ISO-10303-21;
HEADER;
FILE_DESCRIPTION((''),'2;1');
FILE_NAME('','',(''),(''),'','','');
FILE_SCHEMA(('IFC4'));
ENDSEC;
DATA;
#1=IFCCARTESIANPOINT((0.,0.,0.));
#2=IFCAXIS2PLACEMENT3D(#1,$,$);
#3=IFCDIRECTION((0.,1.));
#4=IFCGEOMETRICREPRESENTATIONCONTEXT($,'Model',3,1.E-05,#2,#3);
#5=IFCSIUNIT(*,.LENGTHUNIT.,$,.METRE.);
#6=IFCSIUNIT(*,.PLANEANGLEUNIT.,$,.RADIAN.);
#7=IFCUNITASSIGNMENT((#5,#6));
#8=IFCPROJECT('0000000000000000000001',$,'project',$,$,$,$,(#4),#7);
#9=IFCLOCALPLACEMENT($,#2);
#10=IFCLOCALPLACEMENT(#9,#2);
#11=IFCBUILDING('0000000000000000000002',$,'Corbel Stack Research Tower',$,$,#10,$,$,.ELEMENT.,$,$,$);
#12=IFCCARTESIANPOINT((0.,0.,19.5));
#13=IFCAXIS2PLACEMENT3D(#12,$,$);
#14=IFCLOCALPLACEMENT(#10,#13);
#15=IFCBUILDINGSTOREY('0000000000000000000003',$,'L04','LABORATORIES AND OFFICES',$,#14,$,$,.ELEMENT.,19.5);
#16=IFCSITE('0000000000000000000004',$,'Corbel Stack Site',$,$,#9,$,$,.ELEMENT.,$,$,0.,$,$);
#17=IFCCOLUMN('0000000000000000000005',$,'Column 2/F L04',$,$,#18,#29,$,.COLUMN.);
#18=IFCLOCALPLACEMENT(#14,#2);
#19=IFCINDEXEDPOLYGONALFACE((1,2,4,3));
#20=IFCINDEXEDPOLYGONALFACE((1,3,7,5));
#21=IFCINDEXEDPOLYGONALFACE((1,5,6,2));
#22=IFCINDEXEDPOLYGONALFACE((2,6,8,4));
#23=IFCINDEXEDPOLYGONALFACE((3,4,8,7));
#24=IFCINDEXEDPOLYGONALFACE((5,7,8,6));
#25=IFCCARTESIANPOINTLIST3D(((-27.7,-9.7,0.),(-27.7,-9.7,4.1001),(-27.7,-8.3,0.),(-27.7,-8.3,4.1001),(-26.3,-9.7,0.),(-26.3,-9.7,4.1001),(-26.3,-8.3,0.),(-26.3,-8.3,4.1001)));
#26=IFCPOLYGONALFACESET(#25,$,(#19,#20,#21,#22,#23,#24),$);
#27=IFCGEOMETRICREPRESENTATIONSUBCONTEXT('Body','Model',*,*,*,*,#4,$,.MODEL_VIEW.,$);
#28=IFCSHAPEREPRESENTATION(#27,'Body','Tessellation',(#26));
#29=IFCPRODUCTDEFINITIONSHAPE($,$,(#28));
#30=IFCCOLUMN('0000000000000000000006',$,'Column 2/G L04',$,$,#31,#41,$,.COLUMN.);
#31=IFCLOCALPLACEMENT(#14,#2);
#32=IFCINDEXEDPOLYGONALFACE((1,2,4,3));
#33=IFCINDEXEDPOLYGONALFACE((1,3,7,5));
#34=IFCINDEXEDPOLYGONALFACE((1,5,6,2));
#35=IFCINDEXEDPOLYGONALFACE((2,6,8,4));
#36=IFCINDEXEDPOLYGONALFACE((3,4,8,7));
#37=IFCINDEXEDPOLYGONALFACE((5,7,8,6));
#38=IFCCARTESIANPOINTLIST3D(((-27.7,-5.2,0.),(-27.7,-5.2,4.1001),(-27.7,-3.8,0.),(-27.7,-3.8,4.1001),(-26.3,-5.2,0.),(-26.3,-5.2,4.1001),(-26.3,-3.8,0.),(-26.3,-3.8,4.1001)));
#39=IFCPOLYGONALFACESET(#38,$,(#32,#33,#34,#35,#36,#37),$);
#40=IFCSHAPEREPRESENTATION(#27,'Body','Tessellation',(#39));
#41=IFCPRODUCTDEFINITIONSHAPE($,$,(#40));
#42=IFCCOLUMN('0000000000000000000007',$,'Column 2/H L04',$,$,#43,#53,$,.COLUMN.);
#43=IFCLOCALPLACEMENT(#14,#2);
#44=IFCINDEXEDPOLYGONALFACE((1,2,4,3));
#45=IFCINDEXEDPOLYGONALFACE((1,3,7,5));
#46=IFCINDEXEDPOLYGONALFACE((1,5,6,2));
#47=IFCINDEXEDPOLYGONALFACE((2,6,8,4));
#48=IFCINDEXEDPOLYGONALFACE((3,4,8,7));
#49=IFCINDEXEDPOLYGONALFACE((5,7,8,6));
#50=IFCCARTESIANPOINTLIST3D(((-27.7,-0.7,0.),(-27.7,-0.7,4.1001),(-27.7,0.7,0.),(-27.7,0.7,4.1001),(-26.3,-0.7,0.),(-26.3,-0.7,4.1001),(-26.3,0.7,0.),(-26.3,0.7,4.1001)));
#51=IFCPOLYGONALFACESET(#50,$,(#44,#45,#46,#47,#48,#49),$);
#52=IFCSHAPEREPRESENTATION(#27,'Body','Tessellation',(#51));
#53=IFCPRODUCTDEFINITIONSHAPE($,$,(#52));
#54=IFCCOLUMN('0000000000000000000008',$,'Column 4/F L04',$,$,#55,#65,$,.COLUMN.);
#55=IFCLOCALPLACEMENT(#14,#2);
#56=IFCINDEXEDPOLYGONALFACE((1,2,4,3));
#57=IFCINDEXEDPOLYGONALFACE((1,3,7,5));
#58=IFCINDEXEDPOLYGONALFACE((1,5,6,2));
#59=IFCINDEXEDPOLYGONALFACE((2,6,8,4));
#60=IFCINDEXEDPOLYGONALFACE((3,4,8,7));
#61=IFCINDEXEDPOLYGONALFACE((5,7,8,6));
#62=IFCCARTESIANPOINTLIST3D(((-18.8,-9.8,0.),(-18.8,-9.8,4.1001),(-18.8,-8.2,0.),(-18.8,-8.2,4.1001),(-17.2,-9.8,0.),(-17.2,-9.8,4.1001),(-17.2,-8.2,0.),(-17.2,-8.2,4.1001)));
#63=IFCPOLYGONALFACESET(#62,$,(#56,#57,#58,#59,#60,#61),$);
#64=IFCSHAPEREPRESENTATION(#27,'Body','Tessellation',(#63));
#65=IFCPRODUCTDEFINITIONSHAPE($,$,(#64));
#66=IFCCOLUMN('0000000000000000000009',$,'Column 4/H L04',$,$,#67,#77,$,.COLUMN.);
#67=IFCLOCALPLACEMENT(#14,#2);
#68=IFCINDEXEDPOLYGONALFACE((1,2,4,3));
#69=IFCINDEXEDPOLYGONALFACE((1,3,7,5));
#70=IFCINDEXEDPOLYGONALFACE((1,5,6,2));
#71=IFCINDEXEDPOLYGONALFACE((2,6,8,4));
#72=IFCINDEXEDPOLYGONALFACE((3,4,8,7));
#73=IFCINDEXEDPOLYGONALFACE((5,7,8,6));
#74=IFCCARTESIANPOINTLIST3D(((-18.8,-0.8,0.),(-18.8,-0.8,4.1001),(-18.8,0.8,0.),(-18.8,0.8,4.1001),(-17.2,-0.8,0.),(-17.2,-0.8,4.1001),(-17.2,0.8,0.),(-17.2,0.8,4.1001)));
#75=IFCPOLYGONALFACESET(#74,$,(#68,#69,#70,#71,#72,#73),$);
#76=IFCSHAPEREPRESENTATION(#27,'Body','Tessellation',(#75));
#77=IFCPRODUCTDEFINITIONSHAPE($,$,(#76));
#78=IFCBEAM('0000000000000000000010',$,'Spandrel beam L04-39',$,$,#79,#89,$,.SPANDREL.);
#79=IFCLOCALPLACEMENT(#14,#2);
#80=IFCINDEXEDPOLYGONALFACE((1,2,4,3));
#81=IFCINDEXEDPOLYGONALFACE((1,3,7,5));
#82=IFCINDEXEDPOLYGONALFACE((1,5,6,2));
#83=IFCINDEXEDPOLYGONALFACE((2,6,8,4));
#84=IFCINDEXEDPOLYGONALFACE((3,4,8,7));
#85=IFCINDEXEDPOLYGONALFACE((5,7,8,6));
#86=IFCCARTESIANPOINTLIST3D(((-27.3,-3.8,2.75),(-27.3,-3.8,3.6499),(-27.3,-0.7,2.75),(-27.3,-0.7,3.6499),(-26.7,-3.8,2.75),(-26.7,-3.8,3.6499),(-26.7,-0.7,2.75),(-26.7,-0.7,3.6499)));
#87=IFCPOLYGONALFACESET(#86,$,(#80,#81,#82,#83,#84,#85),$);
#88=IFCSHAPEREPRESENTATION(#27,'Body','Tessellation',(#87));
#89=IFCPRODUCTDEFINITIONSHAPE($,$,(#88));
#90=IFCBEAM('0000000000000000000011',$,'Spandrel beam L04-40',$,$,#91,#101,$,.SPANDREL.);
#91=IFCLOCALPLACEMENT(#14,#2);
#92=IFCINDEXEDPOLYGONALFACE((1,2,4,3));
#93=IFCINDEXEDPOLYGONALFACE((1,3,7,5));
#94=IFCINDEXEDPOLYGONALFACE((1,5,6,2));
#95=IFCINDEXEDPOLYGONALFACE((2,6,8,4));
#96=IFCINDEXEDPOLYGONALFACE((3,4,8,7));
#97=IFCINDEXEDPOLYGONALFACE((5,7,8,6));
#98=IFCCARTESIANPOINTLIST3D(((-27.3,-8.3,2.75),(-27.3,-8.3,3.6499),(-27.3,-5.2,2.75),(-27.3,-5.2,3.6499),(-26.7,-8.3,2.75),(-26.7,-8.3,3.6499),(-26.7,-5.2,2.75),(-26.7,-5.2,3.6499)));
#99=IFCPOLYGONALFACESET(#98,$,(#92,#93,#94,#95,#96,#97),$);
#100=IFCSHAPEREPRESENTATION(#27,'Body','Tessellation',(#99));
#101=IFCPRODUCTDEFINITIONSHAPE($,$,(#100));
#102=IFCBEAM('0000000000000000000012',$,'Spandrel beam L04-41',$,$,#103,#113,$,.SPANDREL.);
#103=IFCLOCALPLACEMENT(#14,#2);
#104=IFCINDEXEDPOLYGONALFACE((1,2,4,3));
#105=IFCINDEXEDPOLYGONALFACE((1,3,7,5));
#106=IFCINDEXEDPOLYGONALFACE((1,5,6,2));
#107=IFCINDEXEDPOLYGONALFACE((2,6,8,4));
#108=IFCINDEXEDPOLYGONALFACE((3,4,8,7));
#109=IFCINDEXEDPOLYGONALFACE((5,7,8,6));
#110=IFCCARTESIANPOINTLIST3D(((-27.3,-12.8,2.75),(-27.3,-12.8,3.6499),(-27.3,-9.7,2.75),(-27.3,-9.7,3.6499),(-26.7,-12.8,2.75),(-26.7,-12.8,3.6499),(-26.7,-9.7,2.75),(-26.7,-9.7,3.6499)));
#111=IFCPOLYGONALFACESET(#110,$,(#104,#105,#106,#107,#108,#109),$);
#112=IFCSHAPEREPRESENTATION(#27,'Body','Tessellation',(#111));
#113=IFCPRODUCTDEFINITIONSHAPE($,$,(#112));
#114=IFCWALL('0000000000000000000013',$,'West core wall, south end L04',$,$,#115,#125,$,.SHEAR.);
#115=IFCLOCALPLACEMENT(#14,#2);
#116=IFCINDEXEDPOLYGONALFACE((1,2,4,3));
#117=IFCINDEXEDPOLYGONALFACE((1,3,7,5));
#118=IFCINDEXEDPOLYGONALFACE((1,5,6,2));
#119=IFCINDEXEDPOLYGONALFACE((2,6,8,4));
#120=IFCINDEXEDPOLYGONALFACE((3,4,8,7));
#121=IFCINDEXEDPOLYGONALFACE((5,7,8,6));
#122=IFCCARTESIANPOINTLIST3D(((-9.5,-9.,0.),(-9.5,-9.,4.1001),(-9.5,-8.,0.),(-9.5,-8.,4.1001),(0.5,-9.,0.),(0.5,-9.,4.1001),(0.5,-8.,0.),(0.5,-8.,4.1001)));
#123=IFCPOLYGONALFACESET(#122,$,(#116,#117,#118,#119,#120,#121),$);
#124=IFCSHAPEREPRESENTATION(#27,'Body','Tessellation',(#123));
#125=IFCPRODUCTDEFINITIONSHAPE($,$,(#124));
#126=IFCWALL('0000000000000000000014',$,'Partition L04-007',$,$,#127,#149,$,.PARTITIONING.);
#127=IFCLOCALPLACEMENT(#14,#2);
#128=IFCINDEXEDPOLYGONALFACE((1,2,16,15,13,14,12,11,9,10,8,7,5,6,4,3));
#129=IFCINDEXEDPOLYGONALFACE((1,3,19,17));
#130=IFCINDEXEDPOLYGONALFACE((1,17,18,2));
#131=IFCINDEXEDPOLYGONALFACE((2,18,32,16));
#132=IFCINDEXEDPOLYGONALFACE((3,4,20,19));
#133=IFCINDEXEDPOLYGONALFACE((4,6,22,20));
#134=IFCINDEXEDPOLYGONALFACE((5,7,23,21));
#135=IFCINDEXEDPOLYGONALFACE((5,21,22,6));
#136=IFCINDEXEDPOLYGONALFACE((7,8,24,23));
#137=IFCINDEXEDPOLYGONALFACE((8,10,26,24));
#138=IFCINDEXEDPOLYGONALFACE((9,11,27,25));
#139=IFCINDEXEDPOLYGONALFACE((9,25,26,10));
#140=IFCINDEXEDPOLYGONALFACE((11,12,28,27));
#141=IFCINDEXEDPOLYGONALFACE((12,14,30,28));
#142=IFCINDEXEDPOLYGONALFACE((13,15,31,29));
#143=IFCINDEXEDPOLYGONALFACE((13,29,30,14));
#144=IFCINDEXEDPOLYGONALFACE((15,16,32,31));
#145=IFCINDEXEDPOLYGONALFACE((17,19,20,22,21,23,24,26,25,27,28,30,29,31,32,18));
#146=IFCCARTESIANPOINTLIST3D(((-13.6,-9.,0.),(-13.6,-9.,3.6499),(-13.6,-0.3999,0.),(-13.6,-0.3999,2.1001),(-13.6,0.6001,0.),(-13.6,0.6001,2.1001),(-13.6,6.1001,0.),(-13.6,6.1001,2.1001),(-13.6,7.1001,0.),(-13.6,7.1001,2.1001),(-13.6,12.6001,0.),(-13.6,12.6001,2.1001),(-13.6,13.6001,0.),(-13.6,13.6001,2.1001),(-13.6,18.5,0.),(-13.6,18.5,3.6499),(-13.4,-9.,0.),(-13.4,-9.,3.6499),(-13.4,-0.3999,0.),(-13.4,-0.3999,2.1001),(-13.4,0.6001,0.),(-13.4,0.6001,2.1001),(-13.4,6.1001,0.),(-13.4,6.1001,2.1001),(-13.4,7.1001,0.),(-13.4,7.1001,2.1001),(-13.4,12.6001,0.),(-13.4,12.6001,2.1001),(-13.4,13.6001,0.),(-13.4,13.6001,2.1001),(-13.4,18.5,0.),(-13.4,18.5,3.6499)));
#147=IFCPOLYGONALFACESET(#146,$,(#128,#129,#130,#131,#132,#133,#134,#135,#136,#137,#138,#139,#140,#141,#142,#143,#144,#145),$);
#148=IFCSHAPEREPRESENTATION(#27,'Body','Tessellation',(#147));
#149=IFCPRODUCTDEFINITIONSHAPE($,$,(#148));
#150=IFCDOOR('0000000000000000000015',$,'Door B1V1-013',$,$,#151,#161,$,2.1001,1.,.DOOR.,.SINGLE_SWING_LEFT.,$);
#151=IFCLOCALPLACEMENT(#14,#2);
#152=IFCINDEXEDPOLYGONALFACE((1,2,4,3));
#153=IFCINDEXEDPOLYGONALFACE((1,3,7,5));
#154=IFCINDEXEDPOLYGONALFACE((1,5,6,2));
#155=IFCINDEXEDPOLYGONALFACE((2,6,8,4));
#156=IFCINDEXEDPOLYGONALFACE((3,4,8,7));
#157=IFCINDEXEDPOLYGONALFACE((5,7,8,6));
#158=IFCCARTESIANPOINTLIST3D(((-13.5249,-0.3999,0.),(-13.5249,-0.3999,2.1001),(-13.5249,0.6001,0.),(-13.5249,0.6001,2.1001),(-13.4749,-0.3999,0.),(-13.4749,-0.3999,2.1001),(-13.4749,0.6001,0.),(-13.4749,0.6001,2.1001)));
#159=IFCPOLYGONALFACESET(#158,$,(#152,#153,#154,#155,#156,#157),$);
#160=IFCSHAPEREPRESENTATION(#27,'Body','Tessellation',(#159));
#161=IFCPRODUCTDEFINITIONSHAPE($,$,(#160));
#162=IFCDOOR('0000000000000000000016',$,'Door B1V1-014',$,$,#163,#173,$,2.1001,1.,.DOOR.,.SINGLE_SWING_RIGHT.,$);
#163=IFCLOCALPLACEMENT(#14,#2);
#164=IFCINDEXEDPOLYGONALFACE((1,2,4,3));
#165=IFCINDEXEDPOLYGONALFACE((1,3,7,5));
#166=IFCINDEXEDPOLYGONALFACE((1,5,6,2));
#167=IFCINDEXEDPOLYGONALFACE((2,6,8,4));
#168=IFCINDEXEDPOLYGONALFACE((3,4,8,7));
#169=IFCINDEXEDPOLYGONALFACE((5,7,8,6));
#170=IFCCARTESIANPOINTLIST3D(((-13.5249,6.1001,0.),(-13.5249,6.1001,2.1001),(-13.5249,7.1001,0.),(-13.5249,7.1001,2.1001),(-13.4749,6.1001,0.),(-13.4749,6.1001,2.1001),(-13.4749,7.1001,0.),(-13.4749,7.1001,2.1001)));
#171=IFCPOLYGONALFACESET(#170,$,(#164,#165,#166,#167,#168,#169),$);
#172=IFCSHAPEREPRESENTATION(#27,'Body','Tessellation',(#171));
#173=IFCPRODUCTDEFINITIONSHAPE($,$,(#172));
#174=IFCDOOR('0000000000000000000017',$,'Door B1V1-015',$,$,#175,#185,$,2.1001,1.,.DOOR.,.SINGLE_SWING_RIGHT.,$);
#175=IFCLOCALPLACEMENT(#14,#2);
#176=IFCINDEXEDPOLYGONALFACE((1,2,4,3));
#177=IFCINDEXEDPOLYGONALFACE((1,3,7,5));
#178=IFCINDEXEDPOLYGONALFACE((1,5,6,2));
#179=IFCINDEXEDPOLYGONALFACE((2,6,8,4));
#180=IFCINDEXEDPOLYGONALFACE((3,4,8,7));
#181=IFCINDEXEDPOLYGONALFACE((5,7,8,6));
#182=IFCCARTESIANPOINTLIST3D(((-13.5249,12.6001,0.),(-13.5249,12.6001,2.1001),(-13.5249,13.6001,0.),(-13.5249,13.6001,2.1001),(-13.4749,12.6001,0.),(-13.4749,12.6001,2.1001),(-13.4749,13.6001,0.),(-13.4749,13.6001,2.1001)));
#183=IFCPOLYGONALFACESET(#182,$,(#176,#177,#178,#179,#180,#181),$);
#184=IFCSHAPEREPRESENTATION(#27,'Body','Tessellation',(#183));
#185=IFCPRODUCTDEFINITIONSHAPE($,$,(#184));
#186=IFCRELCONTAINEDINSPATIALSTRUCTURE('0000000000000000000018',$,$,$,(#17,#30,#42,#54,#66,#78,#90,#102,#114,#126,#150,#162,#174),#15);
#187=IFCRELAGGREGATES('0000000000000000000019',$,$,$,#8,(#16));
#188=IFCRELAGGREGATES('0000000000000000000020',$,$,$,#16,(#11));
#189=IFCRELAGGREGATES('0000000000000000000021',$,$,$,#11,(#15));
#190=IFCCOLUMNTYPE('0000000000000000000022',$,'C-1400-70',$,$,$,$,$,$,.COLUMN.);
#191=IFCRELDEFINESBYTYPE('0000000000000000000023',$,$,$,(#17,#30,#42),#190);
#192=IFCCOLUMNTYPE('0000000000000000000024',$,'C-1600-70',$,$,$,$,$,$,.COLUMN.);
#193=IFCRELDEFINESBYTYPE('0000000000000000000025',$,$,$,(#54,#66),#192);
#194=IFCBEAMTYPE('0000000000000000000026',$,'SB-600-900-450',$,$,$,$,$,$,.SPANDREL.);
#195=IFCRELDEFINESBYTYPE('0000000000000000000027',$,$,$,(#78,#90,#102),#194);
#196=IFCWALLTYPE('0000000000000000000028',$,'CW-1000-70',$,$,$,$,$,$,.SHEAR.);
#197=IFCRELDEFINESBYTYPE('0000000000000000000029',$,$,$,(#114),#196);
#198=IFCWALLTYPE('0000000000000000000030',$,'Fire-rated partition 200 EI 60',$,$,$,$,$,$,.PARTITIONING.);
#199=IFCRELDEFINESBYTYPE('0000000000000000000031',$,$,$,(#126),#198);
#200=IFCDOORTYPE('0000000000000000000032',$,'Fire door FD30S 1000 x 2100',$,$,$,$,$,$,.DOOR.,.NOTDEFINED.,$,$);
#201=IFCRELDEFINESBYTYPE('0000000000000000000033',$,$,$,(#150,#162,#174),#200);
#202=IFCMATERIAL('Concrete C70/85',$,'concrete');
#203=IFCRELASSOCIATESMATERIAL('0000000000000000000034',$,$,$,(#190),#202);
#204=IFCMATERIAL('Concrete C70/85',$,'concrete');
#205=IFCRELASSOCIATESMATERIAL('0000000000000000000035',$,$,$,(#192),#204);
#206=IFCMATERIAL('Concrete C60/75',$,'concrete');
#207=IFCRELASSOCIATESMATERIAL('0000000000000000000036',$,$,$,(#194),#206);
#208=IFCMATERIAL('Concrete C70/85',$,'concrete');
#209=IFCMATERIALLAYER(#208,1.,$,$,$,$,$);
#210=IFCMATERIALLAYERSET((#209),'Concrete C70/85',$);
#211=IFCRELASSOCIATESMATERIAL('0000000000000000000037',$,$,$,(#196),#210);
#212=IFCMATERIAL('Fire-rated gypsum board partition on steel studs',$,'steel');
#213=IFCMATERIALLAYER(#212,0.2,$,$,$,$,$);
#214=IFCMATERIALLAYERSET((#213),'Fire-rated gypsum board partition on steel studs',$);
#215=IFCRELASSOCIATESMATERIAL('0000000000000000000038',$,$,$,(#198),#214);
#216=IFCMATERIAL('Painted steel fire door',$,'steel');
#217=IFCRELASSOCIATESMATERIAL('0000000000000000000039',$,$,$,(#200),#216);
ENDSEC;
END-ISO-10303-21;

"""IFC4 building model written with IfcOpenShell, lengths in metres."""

from ifc_helpers import new_model, si_unit, direction, frame, frame_2d, origin, origin_2d, place, context, subcontext, project, spatial, rectangle, extrude, material, layer, layer_set, material_profile, profile_set, type_object, element, fill, save


model = new_model("IFC4")

# Units and contexts
model_context = context("Model", 3, precision=1e-05, world=origin(), true_north=direction((0.0, 1.0)))
body_context = subcontext(model_context, "Body", "Model", "MODEL_VIEW")
ifc_project = project(units=[si_unit("LENGTHUNIT", "METRE"), si_unit("PLANEANGLEUNIT", "RADIAN")], contexts=[model_context])

# Site, building, storey
site_placement = place(None, origin())
site = spatial("IfcSite", under=ifc_project, at=site_placement, Name="Corbel Stack Site", CompositionType="ELEMENT", RefElevation=0.0)
building_placement = place(site_placement, origin())
building = spatial("IfcBuilding", under=site, at=building_placement, Name="Corbel Stack Research Tower", CompositionType="ELEMENT")
storey_placement = place(building_placement, frame((0.0, 0.0, 19.5)))
storey = spatial("IfcBuildingStorey", under=building, at=storey_placement, Name="L04", Description="LABORATORIES AND OFFICES", CompositionType="ELEMENT", Elevation=19.5)

# Columns
ifc_material_1 = material(Name="Concrete C70/85", Category="concrete")
ifc_material_profile_1 = material_profile(ifc_material_1, rectangle(XDim=1.3999, YDim=1.3999, at=origin_2d()), Name="RC 1400 x 1400")
ifc_profile_set_1 = profile_set([ifc_material_profile_1], Name="Concrete C70/85")
column_type_1 = type_object("IfcColumnType", Name="C-1400-70", PredefinedType="COLUMN", material=ifc_profile_set_1)
for number, where, z_axis, x_axis, name in (
    (1, (-27.0, -9.0, 0.0), (0.0, 0.0, 1.0), (1.0, 0.0, 0.0), "Column 2/F L04"),
    (2, (-27.0, -4.5, 0.0), (0.0, 0.0, 1.0), (1.0, 0.0, 0.0), "Column 2/G L04"),
    (3, (-27.0, 0.0, 0.0), (0.0, 0.0, 1.0), (1.0, 0.0, 0.0), "Column 2/H L04"),
):
    element("IfcColumn", number, at=place(storey_placement, frame(where, z_axis=z_axis, x_axis=x_axis)), inside=storey, type_object=column_type_1, Name=name, PredefinedType="COLUMN", context=body_context, shape_type="SweptSolid", body=[
        extrude(rectangle(XDim=1.3999, YDim=1.3999, at=origin_2d()), origin(), (0.0, 0.0, 1.0), 4.1001),
    ])
ifc_material_2 = material(Name="Concrete C70/85", Category="concrete")
ifc_material_profile_2 = material_profile(ifc_material_2, rectangle(XDim=1.6001, YDim=1.6001, at=origin_2d()), Name="RC 1600 x 1600")
ifc_profile_set_2 = profile_set([ifc_material_profile_2], Name="Concrete C70/85")
column_type_2 = type_object("IfcColumnType", Name="C-1600-70", PredefinedType="COLUMN", material=ifc_profile_set_2)
for number, where, z_axis, x_axis, name in (
    (4, (-18.0, -9.0, 0.0), (0.0, 0.0, 1.0), (1.0, 0.0, 0.0), "Column 4/F L04"),
    (5, (-18.0, 0.0, 0.0), (0.0, 0.0, 1.0), (1.0, 0.0, 0.0), "Column 4/H L04"),
):
    element("IfcColumn", number, at=place(storey_placement, frame(where, z_axis=z_axis, x_axis=x_axis)), inside=storey, type_object=column_type_2, Name=name, PredefinedType="COLUMN", context=body_context, shape_type="SweptSolid", body=[
        extrude(rectangle(XDim=1.6001, YDim=1.6001, at=origin_2d()), origin(), (0.0, 0.0, 1.0), 4.1001),
    ])

# Beams
ifc_material_3 = material(Name="Concrete C60/75", Category="concrete")
ifc_material_profile_3 = material_profile(ifc_material_3, rectangle(XDim=0.6001, YDim=0.8999, at=origin_2d()), Name="RC 600 x 900")
ifc_profile_set_3 = profile_set([ifc_material_profile_3], Name="Concrete C60/75")
beam_type = type_object("IfcBeamType", Name="SB-600-900-450", PredefinedType="SPANDREL", material=ifc_profile_set_3)
for number, where, z_axis, x_axis, name in (
    (6, (-27.0, -0.7, 3.2), (0.0, -1.0, 0.0), (1.0, 0.0, 0.0), "Spandrel beam L04-39"),
    (7, (-27.0, -5.2, 3.2), (0.0, -1.0, 0.0), (1.0, 0.0, 0.0), "Spandrel beam L04-40"),
    (8, (-27.0, -9.7, 3.2), (0.0, -1.0, 0.0), (1.0, 0.0, 0.0), "Spandrel beam L04-41"),
):
    element("IfcBeam", number, at=place(storey_placement, frame(where, z_axis=z_axis, x_axis=x_axis)), inside=storey, type_object=beam_type, Name=name, PredefinedType="SPANDREL", context=body_context, shape_type="SweptSolid", body=[
        extrude(rectangle(XDim=0.6001, YDim=0.8999, at=origin_2d()), origin(), (0.0, 0.0, 1.0), 3.1001),
    ])

# Shared definitions
ifc_material_4 = material(Name="Concrete C70/85", Category="concrete")
ifc_layer_1 = layer(ifc_material_4, 1.0)
ifc_layer_set_1 = layer_set([ifc_layer_1], Name="Concrete C70/85")
wall_type_1 = type_object("IfcWallType", Name="CW-1000-70", PredefinedType="SHEAR", material=ifc_layer_set_1)

# Wall
wall_1_placement = place(storey_placement, frame((-9.5, -8.5, 0.0), z_axis=(0.0, 0.0, 1.0), x_axis=(1.0, 0.0, 0.0)))
element("IfcWall", 9, at=wall_1_placement, inside=storey, type_object=wall_type_1, Name="West core wall, south end L04", PredefinedType="SHEAR", context=body_context, shape_type="SweptSolid", body=[
    extrude(rectangle(XDim=10.0, YDim=1.0, at=frame_2d((5.0, 0.0))), origin(), (0.0, 0.0, 1.0), 4.1001),
])

# Wall, openings, doors
ifc_material_5 = material(Name="Fire-rated gypsum board partition on steel studs", Category="steel")
ifc_layer_2 = layer(ifc_material_5, 0.2)
ifc_layer_set_2 = layer_set([ifc_layer_2], Name="Fire-rated gypsum board partition on steel studs")
wall_type_2 = type_object("IfcWallType", Name="Fire-rated partition 200 EI 60", PredefinedType="PARTITIONING", material=ifc_layer_set_2)
wall_2_placement = place(storey_placement, frame((-13.5, -9.0, 0.0), z_axis=(0.0, 0.0, 1.0), x_axis=(0.0, 1.0, 0.0)))
wall_2 = element("IfcWall", 10, at=wall_2_placement, inside=storey, type_object=wall_type_2, Name="Partition L04-007", PredefinedType="PARTITIONING", context=body_context, shape_type="SweptSolid", body=[
    extrude(rectangle(XDim=27.5, YDim=0.2, at=frame_2d((13.75, 0.0))), origin(), (0.0, 0.0, 1.0), 3.6499),
])
opening_1_placement = place(wall_2_placement, frame((8.6001, 0.0, 0.0)))
opening_1 = element("IfcOpeningElement", 11, at=opening_1_placement, cuts=wall_2, PredefinedType="OPENING", context=body_context, shape_type="SweptSolid", body=[
    extrude(rectangle(XDim=1.0, YDim=2.1001, at=frame_2d((0.5, 1.05))), frame((0.0, 0.1099, 0.0), z_axis=(0.0, -1.0, 0.0), x_axis=(1.0, 0.0, 0.0)), (0.0, 0.0, 1.0), 0.22),
])
opening_2_placement = place(wall_2_placement, frame((15.1001, 0.0, 0.0)))
opening_2 = element("IfcOpeningElement", 12, at=opening_2_placement, cuts=wall_2, PredefinedType="OPENING", context=body_context, shape_type="SweptSolid", body=[
    extrude(rectangle(XDim=1.0, YDim=2.1001, at=frame_2d((0.5, 1.05))), frame((0.0, 0.1099, 0.0), z_axis=(0.0, -1.0, 0.0), x_axis=(1.0, 0.0, 0.0)), (0.0, 0.0, 1.0), 0.22),
])
opening_3_placement = place(wall_2_placement, frame((21.6001, 0.0, 0.0)))
opening_3 = element("IfcOpeningElement", 13, at=opening_3_placement, cuts=wall_2, PredefinedType="OPENING", context=body_context, shape_type="SweptSolid", body=[
    extrude(rectangle(XDim=1.0, YDim=2.1001, at=frame_2d((0.5, 1.05))), frame((0.0, 0.1099, 0.0), z_axis=(0.0, -1.0, 0.0), x_axis=(1.0, 0.0, 0.0)), (0.0, 0.0, 1.0), 0.22),
])
ifc_material_6 = material(Name="Painted steel fire door", Category="steel")
door_type_1 = type_object("IfcDoorType", Name="Fire door FD30S 1000 x 2100", OperationType="NOTDEFINED", PredefinedType="DOOR", material=ifc_material_6)
door_1_placement = place(opening_1_placement, origin())
door_1 = element("IfcDoor", 14, at=door_1_placement, inside=storey, type_object=door_type_1, Name="Door B1V1-013", OperationType="SINGLE_SWING_LEFT", OverallHeight=2.1001, OverallWidth=1.0, PredefinedType="DOOR", context=body_context, shape_type="SweptSolid", body=[
    extrude(rectangle(XDim=1.0, YDim=2.1001, at=frame_2d((0.5, 1.05))), frame((0.0, 0.0249, 0.0), z_axis=(0.0, -1.0, 0.0), x_axis=(1.0, 0.0, 0.0)), (0.0, 0.0, 1.0), 0.05),
])
fill(opening_1, door_1)
door_2_placement = place(opening_2_placement, origin())
door_2 = element("IfcDoor", 15, at=door_2_placement, inside=storey, type_object=door_type_1, Name="Door B1V1-014", OperationType="SINGLE_SWING_RIGHT", OverallHeight=2.1001, OverallWidth=1.0, PredefinedType="DOOR", context=body_context, shape_type="SweptSolid", body=[
    extrude(rectangle(XDim=1.0, YDim=2.1001, at=frame_2d((0.5, 1.05))), frame((0.0, 0.0249, 0.0), z_axis=(0.0, -1.0, 0.0), x_axis=(1.0, 0.0, 0.0)), (0.0, 0.0, 1.0), 0.05),
])
fill(opening_2, door_2)
door_3_placement = place(opening_3_placement, origin())
door_3 = element("IfcDoor", 16, at=door_3_placement, inside=storey, type_object=door_type_1, Name="Door B1V1-015", OperationType="SINGLE_SWING_RIGHT", OverallHeight=2.1001, OverallWidth=1.0, PredefinedType="DOOR", context=body_context, shape_type="SweptSolid", body=[
    extrude(rectangle(XDim=1.0, YDim=2.1001, at=frame_2d((0.5, 1.05))), frame((0.0, 0.0249, 0.0), z_axis=(0.0, -1.0, 0.0), x_axis=(1.0, 0.0, 0.0)), (0.0, 0.0, 1.0), 0.05),
])
fill(opening_3, door_3)

save(model, "model.ifc")
